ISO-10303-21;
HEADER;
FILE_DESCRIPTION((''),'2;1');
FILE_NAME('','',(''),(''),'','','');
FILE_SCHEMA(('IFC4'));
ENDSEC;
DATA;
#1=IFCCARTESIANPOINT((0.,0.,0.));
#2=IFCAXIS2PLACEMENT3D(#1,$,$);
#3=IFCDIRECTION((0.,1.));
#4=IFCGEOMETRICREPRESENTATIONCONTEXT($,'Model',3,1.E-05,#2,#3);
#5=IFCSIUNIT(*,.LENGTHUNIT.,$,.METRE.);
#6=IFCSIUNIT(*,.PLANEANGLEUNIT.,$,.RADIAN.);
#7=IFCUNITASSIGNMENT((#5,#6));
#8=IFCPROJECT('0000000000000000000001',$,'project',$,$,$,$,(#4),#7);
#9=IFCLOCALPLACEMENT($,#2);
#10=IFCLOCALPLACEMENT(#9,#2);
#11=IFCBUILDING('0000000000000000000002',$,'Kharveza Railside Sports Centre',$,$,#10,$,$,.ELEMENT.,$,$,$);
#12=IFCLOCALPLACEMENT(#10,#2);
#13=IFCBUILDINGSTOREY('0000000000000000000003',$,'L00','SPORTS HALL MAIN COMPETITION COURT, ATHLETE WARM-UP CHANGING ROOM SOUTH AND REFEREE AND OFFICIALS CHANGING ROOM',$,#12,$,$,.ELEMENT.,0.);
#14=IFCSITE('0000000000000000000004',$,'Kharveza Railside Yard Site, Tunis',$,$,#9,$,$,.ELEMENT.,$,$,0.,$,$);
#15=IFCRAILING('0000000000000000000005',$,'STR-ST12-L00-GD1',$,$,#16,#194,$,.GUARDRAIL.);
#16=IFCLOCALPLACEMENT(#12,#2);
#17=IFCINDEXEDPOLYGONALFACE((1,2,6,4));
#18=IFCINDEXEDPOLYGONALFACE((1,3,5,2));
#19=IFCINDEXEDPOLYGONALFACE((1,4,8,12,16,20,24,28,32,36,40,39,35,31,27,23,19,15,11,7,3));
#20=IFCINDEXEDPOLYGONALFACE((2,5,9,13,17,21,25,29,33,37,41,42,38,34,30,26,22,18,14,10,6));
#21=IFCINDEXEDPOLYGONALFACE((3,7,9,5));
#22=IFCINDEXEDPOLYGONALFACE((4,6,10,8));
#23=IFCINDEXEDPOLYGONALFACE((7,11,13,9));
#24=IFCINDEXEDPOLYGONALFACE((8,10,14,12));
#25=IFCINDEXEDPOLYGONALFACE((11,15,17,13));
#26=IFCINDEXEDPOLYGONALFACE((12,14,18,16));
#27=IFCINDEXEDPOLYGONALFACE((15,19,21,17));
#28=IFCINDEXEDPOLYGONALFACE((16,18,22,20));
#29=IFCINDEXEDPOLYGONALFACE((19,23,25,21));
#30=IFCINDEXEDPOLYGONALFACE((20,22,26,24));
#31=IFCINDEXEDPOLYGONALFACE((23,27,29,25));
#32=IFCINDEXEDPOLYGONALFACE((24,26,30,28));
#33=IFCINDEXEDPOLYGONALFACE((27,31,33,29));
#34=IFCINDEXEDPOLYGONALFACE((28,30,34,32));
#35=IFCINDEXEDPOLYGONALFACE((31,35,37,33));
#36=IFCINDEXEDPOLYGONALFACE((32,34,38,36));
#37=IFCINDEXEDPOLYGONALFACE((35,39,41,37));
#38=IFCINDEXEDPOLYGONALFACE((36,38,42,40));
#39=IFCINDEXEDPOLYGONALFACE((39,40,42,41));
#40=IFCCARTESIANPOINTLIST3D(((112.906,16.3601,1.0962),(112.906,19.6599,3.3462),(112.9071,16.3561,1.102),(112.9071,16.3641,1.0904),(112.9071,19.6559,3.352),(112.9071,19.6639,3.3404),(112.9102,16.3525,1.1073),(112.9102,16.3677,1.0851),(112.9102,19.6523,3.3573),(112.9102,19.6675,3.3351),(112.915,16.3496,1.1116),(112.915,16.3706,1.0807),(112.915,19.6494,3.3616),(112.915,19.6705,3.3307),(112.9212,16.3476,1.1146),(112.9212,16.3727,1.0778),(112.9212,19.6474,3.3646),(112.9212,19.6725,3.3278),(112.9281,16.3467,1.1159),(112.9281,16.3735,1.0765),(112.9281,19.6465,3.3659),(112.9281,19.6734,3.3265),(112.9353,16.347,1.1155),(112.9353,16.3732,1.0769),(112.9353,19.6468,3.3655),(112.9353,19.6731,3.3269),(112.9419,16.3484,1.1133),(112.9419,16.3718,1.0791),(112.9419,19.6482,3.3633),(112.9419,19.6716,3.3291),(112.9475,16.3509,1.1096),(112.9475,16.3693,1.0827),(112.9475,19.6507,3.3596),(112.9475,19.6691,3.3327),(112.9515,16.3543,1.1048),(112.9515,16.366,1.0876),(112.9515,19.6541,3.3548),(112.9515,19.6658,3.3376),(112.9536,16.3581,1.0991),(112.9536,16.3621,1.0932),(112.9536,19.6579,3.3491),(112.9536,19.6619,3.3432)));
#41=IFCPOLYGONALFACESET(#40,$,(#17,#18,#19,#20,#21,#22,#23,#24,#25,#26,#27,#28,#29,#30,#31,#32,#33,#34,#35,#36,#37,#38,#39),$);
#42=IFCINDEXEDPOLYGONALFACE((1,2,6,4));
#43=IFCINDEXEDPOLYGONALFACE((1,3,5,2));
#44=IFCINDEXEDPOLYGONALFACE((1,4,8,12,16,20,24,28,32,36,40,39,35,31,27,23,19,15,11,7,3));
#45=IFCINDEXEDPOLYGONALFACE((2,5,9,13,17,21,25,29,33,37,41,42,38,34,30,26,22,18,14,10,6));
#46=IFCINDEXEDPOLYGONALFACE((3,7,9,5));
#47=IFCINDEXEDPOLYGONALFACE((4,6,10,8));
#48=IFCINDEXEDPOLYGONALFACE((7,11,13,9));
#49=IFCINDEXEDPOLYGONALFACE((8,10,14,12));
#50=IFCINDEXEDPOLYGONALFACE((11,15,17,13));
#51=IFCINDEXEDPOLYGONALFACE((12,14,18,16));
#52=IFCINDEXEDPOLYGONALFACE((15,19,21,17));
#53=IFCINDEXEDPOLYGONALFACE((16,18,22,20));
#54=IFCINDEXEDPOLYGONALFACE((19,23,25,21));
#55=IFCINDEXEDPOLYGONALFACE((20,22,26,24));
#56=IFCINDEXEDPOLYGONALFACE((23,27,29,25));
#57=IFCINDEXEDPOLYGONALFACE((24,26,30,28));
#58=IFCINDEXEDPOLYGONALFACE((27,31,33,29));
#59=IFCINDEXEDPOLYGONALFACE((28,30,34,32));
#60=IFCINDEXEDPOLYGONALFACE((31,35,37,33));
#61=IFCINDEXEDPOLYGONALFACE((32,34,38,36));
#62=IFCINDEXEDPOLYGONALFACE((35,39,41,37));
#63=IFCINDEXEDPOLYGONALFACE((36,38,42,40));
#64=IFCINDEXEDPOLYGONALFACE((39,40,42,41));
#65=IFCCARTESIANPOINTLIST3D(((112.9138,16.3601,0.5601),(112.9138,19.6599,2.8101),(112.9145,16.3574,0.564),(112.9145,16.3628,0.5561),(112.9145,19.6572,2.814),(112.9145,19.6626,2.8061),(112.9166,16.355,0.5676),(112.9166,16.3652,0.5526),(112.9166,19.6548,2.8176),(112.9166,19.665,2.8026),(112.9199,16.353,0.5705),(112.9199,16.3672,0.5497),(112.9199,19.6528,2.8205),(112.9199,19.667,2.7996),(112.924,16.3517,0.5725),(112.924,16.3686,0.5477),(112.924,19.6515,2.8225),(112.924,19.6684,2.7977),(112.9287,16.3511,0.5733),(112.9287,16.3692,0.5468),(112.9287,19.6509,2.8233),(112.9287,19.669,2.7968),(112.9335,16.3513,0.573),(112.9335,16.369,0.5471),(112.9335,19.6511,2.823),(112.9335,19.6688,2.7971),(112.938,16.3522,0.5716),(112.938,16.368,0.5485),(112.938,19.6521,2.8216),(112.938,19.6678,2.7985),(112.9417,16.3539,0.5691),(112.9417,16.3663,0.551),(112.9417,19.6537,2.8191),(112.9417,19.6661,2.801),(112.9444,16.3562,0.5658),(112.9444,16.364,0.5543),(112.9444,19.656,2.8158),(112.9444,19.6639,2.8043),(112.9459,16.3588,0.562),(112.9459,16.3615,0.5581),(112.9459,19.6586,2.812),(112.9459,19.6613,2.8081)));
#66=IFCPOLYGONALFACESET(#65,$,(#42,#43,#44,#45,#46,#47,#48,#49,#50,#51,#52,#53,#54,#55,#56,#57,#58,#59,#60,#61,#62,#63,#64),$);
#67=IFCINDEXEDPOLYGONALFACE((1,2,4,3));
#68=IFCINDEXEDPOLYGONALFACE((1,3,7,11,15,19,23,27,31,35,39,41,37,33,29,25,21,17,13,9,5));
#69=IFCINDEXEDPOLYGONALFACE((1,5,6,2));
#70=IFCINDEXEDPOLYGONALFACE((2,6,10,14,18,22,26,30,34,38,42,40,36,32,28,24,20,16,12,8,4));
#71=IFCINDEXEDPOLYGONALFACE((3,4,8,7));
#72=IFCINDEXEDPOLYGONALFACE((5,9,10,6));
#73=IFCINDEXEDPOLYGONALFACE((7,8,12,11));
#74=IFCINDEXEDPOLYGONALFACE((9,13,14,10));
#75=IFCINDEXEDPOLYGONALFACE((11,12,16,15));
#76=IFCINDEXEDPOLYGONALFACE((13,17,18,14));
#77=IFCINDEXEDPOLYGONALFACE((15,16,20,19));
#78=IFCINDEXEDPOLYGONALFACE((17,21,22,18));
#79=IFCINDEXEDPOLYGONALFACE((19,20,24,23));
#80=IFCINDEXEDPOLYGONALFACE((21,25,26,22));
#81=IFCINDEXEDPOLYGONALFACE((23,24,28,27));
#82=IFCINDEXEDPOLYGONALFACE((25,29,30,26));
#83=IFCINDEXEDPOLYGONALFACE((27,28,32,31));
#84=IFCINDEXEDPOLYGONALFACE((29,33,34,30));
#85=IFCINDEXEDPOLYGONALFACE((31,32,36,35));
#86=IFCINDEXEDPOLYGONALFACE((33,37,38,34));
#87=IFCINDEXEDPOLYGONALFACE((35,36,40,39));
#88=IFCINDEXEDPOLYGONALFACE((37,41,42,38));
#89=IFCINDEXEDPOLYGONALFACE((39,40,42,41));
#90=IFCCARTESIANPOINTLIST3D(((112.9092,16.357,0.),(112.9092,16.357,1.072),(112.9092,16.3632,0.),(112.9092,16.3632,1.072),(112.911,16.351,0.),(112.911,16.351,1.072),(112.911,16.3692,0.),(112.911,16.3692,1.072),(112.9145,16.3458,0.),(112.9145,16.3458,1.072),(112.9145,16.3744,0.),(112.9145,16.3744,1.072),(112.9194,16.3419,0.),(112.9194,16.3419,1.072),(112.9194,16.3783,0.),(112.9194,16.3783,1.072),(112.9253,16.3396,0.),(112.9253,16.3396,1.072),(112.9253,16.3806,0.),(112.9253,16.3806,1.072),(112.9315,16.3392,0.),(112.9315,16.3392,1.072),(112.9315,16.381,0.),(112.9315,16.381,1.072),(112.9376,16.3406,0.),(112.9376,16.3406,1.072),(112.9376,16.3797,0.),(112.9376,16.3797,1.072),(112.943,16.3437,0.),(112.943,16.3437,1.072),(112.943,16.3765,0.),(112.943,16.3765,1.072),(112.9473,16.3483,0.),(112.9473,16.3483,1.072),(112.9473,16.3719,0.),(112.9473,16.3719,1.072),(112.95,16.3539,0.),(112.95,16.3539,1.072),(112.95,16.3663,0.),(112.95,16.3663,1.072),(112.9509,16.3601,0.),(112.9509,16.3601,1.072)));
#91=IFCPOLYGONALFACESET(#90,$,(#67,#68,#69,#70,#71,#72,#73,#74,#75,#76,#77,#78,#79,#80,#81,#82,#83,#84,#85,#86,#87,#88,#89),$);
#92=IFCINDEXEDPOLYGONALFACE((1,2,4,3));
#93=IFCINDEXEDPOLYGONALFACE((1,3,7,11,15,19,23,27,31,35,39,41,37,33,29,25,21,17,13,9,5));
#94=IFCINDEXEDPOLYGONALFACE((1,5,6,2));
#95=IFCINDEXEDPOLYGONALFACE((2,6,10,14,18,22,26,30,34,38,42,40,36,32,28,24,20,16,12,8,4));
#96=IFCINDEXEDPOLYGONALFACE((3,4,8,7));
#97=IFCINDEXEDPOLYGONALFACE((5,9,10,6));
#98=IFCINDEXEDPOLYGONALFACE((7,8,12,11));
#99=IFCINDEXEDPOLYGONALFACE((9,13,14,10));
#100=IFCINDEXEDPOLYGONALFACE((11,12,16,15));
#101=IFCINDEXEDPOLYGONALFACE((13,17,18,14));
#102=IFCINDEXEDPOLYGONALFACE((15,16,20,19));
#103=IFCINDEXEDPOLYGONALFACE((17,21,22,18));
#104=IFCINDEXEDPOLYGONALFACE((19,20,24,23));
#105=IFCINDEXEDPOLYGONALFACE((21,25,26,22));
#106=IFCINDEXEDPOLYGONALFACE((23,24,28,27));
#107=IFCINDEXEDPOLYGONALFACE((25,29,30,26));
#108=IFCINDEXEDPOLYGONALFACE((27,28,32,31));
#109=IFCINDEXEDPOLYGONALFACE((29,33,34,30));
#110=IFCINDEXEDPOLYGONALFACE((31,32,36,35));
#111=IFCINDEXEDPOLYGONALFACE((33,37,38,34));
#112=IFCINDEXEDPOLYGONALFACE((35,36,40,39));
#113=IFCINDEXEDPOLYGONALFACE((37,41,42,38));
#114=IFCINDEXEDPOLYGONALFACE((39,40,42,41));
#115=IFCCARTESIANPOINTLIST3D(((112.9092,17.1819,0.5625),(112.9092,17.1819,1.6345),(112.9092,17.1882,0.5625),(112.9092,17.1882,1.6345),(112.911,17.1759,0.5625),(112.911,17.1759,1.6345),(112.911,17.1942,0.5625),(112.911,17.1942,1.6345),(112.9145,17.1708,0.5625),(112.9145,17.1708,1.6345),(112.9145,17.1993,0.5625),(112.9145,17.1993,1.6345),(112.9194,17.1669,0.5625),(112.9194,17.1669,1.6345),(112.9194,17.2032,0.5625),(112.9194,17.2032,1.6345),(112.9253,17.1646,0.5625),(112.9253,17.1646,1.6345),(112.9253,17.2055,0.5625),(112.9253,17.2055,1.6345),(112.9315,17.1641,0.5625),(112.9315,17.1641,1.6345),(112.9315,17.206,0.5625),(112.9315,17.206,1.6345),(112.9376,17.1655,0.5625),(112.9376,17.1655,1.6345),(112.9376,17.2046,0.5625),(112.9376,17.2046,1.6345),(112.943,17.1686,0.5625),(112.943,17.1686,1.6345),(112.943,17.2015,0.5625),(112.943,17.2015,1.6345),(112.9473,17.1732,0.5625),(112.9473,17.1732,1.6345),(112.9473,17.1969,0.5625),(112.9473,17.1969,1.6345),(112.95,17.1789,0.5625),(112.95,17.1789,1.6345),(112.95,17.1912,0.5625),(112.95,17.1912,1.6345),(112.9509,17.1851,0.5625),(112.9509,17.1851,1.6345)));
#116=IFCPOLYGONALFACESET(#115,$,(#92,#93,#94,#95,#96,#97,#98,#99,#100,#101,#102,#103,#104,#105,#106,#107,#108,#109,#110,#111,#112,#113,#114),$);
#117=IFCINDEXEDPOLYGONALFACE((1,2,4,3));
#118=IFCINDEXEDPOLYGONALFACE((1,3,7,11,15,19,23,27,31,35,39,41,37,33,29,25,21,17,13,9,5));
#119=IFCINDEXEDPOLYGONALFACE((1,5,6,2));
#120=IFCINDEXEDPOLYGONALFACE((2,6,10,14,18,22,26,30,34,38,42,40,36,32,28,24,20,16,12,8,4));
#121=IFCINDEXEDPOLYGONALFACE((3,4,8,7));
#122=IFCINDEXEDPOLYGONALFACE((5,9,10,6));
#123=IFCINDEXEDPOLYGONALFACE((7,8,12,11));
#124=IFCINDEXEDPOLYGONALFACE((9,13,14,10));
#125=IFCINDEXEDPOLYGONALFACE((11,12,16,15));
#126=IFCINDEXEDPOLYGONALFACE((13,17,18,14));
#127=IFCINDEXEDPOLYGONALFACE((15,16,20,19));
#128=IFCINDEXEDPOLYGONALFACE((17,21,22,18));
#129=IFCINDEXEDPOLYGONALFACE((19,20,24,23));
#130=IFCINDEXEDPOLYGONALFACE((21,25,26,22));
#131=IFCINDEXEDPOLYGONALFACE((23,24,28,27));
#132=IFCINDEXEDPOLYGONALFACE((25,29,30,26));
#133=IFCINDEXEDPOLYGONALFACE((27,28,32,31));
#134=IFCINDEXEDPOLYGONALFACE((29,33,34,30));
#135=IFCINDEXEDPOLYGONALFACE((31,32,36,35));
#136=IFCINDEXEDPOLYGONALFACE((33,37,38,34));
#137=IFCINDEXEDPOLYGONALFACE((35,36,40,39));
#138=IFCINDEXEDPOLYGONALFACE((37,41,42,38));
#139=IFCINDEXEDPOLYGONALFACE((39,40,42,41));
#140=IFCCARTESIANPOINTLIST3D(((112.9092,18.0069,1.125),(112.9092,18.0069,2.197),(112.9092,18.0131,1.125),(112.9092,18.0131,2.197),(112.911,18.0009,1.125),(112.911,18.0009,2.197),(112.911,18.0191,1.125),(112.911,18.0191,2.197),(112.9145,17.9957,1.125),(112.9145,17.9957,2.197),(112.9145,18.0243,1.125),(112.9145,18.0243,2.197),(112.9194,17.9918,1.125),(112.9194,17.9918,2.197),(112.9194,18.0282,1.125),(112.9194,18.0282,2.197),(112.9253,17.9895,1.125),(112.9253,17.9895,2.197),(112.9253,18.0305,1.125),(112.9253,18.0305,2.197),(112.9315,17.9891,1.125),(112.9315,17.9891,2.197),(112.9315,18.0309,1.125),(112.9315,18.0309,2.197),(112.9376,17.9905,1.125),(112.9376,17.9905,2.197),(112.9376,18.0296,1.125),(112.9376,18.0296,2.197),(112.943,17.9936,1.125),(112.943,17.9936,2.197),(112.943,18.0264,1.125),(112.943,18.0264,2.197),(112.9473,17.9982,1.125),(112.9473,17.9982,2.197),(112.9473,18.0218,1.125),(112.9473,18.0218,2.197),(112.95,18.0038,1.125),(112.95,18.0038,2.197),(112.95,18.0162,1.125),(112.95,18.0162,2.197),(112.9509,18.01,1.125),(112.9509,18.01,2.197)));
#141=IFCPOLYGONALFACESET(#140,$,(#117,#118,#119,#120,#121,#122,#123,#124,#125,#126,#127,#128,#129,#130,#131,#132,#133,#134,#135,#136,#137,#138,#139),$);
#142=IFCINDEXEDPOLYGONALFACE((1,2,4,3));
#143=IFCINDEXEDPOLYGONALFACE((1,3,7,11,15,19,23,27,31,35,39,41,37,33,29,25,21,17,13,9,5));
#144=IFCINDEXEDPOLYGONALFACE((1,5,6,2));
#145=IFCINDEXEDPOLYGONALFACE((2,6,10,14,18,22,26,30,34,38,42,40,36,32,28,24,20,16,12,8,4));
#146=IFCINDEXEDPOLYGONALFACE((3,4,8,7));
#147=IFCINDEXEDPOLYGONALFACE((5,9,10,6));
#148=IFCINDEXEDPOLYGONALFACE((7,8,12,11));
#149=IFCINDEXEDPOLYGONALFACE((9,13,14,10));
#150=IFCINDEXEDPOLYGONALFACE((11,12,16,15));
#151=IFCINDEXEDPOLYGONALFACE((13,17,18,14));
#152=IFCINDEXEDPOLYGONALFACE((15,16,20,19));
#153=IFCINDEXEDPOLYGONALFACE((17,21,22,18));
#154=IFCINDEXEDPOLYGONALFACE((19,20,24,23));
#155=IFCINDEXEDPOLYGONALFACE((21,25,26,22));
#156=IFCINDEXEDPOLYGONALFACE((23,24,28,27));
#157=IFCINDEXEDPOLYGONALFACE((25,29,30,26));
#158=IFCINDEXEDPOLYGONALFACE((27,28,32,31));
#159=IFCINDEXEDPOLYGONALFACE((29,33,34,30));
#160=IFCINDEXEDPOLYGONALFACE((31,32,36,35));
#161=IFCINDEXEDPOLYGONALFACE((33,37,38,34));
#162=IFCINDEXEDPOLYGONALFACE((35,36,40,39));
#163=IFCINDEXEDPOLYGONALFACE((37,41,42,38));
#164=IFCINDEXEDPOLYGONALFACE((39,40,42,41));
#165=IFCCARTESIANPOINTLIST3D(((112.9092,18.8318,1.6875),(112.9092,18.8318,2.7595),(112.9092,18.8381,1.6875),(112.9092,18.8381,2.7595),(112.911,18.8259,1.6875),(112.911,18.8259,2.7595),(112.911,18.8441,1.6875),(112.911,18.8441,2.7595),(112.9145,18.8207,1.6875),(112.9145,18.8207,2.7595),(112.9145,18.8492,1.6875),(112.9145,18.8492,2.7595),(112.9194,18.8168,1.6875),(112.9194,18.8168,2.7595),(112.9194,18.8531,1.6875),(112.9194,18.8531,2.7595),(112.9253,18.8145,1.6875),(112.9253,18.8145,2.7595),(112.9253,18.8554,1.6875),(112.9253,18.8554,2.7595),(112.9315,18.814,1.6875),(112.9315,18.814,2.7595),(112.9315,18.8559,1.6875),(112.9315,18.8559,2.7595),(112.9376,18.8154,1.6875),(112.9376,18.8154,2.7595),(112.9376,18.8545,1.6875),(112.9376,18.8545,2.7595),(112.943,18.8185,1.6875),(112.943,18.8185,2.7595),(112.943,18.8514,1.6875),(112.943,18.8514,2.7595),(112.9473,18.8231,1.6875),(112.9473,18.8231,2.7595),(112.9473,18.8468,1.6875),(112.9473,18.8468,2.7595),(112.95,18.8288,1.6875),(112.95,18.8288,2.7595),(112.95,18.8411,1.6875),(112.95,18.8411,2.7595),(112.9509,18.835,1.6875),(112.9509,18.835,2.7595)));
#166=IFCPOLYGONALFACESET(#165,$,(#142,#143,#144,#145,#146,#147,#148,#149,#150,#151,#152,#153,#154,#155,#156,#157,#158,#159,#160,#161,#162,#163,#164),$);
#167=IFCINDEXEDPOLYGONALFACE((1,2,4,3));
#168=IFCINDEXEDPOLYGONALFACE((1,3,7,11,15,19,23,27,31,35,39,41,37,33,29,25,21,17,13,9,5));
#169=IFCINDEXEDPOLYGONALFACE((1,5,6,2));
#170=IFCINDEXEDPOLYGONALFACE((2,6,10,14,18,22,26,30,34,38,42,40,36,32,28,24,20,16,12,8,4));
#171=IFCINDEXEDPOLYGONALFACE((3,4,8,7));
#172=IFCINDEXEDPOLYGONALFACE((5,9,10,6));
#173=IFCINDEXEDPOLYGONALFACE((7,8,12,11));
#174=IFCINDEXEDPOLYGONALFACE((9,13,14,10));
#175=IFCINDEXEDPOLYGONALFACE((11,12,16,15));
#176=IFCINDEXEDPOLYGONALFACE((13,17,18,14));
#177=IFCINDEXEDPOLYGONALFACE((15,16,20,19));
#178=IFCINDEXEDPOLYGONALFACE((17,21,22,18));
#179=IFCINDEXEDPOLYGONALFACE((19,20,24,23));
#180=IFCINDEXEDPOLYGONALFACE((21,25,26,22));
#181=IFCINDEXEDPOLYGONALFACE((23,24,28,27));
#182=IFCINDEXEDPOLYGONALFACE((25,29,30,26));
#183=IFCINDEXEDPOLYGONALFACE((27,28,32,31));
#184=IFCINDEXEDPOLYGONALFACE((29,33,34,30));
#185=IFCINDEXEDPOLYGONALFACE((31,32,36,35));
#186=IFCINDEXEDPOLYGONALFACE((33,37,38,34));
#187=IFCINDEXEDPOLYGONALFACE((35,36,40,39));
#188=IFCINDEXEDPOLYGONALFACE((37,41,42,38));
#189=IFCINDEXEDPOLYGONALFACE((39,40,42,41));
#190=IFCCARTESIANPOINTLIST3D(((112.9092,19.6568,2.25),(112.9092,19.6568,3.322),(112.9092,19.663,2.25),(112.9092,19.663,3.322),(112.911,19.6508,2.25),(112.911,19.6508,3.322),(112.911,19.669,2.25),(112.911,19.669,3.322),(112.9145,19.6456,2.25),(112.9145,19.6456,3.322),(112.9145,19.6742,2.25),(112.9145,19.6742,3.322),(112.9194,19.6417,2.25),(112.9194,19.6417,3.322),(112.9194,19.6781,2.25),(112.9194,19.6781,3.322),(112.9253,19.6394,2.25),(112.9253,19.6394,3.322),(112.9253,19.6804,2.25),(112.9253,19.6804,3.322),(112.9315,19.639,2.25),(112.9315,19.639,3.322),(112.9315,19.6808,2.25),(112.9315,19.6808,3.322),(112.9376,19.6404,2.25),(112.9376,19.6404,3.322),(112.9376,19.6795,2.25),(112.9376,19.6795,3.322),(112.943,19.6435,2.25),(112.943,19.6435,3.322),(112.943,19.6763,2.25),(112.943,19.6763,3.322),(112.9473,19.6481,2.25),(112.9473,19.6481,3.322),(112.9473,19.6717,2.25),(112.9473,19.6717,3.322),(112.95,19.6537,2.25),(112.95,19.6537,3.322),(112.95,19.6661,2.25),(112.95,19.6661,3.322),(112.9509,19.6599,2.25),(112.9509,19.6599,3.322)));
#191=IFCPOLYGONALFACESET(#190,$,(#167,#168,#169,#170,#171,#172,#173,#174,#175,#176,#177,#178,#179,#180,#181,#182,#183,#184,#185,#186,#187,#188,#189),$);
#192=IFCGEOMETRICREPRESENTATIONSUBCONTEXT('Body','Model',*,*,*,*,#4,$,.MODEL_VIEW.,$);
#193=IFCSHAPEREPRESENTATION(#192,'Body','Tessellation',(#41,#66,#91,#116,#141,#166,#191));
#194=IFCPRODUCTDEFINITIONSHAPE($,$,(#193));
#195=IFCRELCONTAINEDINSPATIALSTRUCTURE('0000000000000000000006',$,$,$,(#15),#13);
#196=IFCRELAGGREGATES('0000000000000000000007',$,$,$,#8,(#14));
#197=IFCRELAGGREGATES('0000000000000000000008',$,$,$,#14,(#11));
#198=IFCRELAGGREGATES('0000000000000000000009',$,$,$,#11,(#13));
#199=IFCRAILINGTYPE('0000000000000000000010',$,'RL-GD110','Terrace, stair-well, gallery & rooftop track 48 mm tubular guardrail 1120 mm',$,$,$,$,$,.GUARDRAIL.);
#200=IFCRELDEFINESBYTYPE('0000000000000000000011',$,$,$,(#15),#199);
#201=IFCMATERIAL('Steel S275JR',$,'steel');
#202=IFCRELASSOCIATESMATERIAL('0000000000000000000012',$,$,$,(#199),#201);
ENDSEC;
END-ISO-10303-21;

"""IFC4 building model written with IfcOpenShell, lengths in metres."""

from ifc_helpers import new_model, si_unit, direction, frame, origin, origin_2d, place, context, subcontext, project, spatial, circle, extrude, material, type_object, element, save


model = new_model("IFC4")

# Units and contexts
model_context = context("Model", 3, precision=1e-05, world=origin(), true_north=direction((0.0, 1.0)))
body_context = subcontext(model_context, "Body", "Model", "MODEL_VIEW")
ifc_project = project(units=[si_unit("LENGTHUNIT", "METRE"), si_unit("PLANEANGLEUNIT", "RADIAN")], contexts=[model_context])

# Site, building, storey
site_placement = place(None, origin())
site = spatial("IfcSite", under=ifc_project, at=site_placement, Name="Kharveza Railside Yard Site, Tunis", CompositionType="ELEMENT", RefElevation=0.0)
building_placement = place(site_placement, origin())
building = spatial("IfcBuilding", under=site, at=building_placement, Name="Kharveza Railside Sports Centre", CompositionType="ELEMENT")
storey_placement = place(building_placement, origin())
storey = spatial("IfcBuildingStorey", under=building, at=storey_placement, Name="L00", Description="SPORTS HALL MAIN COMPETITION COURT, ATHLETE WARM-UP CHANGING ROOM SOUTH AND REFEREE AND OFFICIALS CHANGING ROOM", CompositionType="ELEMENT", Elevation=0.0)

# Railing
ifc_material_1 = material(Name="Steel S275JR", Category="steel")
railing_type_1 = type_object("IfcRailingType", Name="RL-GD110", Description="Terrace, stair-well, gallery & rooftop track 48 mm tubular guardrail 1120 mm", PredefinedType="GUARDRAIL", material=ifc_material_1)
railing_1_placement = place(storey_placement, frame((112.9299, 16.3601, 0.0)))
element("IfcRailing", 1, at=railing_1_placement, inside=storey, type_object=railing_type_1, Name="STR-ST12-L00-GD1", PredefinedType="GUARDRAIL", context=body_context, shape_type="SweptSolid", body=[
    extrude(circle(Radius=0.0239, at=origin_2d()), frame((0.0, 0.0, 1.0962), z_axis=(0.0, 0.826212, 0.56336), x_axis=(-1.0, 0.0, 0.0)), (0.0, 0.0, 1.0), 3.9939),
    extrude(circle(Radius=0.0161, at=origin_2d()), frame((0.0, 0.0, 0.5601), z_axis=(0.0, 0.826212, 0.56336), x_axis=(-1.0, 0.0, 0.0)), (0.0, 0.0, 1.0), 3.9939),
    extrude(circle(Radius=0.021, at=origin_2d()), origin(), (0.0, 0.0, 1.0), 1.072),
    extrude(circle(Radius=0.021, at=origin_2d()), frame((0.0, 0.825, 0.5625)), (0.0, 0.0, 1.0), 1.072),
    extrude(circle(Radius=0.021, at=origin_2d()), frame((0.0, 1.6499, 1.125)), (0.0, 0.0, 1.0), 1.072),
    extrude(circle(Radius=0.021, at=origin_2d()), frame((0.0, 2.4749, 1.6875)), (0.0, 0.0, 1.0), 1.072),
    extrude(circle(Radius=0.021, at=origin_2d()), frame((0.0, 3.2998, 2.25)), (0.0, 0.0, 1.0), 1.072),
])

save(model, "model.ifc")
